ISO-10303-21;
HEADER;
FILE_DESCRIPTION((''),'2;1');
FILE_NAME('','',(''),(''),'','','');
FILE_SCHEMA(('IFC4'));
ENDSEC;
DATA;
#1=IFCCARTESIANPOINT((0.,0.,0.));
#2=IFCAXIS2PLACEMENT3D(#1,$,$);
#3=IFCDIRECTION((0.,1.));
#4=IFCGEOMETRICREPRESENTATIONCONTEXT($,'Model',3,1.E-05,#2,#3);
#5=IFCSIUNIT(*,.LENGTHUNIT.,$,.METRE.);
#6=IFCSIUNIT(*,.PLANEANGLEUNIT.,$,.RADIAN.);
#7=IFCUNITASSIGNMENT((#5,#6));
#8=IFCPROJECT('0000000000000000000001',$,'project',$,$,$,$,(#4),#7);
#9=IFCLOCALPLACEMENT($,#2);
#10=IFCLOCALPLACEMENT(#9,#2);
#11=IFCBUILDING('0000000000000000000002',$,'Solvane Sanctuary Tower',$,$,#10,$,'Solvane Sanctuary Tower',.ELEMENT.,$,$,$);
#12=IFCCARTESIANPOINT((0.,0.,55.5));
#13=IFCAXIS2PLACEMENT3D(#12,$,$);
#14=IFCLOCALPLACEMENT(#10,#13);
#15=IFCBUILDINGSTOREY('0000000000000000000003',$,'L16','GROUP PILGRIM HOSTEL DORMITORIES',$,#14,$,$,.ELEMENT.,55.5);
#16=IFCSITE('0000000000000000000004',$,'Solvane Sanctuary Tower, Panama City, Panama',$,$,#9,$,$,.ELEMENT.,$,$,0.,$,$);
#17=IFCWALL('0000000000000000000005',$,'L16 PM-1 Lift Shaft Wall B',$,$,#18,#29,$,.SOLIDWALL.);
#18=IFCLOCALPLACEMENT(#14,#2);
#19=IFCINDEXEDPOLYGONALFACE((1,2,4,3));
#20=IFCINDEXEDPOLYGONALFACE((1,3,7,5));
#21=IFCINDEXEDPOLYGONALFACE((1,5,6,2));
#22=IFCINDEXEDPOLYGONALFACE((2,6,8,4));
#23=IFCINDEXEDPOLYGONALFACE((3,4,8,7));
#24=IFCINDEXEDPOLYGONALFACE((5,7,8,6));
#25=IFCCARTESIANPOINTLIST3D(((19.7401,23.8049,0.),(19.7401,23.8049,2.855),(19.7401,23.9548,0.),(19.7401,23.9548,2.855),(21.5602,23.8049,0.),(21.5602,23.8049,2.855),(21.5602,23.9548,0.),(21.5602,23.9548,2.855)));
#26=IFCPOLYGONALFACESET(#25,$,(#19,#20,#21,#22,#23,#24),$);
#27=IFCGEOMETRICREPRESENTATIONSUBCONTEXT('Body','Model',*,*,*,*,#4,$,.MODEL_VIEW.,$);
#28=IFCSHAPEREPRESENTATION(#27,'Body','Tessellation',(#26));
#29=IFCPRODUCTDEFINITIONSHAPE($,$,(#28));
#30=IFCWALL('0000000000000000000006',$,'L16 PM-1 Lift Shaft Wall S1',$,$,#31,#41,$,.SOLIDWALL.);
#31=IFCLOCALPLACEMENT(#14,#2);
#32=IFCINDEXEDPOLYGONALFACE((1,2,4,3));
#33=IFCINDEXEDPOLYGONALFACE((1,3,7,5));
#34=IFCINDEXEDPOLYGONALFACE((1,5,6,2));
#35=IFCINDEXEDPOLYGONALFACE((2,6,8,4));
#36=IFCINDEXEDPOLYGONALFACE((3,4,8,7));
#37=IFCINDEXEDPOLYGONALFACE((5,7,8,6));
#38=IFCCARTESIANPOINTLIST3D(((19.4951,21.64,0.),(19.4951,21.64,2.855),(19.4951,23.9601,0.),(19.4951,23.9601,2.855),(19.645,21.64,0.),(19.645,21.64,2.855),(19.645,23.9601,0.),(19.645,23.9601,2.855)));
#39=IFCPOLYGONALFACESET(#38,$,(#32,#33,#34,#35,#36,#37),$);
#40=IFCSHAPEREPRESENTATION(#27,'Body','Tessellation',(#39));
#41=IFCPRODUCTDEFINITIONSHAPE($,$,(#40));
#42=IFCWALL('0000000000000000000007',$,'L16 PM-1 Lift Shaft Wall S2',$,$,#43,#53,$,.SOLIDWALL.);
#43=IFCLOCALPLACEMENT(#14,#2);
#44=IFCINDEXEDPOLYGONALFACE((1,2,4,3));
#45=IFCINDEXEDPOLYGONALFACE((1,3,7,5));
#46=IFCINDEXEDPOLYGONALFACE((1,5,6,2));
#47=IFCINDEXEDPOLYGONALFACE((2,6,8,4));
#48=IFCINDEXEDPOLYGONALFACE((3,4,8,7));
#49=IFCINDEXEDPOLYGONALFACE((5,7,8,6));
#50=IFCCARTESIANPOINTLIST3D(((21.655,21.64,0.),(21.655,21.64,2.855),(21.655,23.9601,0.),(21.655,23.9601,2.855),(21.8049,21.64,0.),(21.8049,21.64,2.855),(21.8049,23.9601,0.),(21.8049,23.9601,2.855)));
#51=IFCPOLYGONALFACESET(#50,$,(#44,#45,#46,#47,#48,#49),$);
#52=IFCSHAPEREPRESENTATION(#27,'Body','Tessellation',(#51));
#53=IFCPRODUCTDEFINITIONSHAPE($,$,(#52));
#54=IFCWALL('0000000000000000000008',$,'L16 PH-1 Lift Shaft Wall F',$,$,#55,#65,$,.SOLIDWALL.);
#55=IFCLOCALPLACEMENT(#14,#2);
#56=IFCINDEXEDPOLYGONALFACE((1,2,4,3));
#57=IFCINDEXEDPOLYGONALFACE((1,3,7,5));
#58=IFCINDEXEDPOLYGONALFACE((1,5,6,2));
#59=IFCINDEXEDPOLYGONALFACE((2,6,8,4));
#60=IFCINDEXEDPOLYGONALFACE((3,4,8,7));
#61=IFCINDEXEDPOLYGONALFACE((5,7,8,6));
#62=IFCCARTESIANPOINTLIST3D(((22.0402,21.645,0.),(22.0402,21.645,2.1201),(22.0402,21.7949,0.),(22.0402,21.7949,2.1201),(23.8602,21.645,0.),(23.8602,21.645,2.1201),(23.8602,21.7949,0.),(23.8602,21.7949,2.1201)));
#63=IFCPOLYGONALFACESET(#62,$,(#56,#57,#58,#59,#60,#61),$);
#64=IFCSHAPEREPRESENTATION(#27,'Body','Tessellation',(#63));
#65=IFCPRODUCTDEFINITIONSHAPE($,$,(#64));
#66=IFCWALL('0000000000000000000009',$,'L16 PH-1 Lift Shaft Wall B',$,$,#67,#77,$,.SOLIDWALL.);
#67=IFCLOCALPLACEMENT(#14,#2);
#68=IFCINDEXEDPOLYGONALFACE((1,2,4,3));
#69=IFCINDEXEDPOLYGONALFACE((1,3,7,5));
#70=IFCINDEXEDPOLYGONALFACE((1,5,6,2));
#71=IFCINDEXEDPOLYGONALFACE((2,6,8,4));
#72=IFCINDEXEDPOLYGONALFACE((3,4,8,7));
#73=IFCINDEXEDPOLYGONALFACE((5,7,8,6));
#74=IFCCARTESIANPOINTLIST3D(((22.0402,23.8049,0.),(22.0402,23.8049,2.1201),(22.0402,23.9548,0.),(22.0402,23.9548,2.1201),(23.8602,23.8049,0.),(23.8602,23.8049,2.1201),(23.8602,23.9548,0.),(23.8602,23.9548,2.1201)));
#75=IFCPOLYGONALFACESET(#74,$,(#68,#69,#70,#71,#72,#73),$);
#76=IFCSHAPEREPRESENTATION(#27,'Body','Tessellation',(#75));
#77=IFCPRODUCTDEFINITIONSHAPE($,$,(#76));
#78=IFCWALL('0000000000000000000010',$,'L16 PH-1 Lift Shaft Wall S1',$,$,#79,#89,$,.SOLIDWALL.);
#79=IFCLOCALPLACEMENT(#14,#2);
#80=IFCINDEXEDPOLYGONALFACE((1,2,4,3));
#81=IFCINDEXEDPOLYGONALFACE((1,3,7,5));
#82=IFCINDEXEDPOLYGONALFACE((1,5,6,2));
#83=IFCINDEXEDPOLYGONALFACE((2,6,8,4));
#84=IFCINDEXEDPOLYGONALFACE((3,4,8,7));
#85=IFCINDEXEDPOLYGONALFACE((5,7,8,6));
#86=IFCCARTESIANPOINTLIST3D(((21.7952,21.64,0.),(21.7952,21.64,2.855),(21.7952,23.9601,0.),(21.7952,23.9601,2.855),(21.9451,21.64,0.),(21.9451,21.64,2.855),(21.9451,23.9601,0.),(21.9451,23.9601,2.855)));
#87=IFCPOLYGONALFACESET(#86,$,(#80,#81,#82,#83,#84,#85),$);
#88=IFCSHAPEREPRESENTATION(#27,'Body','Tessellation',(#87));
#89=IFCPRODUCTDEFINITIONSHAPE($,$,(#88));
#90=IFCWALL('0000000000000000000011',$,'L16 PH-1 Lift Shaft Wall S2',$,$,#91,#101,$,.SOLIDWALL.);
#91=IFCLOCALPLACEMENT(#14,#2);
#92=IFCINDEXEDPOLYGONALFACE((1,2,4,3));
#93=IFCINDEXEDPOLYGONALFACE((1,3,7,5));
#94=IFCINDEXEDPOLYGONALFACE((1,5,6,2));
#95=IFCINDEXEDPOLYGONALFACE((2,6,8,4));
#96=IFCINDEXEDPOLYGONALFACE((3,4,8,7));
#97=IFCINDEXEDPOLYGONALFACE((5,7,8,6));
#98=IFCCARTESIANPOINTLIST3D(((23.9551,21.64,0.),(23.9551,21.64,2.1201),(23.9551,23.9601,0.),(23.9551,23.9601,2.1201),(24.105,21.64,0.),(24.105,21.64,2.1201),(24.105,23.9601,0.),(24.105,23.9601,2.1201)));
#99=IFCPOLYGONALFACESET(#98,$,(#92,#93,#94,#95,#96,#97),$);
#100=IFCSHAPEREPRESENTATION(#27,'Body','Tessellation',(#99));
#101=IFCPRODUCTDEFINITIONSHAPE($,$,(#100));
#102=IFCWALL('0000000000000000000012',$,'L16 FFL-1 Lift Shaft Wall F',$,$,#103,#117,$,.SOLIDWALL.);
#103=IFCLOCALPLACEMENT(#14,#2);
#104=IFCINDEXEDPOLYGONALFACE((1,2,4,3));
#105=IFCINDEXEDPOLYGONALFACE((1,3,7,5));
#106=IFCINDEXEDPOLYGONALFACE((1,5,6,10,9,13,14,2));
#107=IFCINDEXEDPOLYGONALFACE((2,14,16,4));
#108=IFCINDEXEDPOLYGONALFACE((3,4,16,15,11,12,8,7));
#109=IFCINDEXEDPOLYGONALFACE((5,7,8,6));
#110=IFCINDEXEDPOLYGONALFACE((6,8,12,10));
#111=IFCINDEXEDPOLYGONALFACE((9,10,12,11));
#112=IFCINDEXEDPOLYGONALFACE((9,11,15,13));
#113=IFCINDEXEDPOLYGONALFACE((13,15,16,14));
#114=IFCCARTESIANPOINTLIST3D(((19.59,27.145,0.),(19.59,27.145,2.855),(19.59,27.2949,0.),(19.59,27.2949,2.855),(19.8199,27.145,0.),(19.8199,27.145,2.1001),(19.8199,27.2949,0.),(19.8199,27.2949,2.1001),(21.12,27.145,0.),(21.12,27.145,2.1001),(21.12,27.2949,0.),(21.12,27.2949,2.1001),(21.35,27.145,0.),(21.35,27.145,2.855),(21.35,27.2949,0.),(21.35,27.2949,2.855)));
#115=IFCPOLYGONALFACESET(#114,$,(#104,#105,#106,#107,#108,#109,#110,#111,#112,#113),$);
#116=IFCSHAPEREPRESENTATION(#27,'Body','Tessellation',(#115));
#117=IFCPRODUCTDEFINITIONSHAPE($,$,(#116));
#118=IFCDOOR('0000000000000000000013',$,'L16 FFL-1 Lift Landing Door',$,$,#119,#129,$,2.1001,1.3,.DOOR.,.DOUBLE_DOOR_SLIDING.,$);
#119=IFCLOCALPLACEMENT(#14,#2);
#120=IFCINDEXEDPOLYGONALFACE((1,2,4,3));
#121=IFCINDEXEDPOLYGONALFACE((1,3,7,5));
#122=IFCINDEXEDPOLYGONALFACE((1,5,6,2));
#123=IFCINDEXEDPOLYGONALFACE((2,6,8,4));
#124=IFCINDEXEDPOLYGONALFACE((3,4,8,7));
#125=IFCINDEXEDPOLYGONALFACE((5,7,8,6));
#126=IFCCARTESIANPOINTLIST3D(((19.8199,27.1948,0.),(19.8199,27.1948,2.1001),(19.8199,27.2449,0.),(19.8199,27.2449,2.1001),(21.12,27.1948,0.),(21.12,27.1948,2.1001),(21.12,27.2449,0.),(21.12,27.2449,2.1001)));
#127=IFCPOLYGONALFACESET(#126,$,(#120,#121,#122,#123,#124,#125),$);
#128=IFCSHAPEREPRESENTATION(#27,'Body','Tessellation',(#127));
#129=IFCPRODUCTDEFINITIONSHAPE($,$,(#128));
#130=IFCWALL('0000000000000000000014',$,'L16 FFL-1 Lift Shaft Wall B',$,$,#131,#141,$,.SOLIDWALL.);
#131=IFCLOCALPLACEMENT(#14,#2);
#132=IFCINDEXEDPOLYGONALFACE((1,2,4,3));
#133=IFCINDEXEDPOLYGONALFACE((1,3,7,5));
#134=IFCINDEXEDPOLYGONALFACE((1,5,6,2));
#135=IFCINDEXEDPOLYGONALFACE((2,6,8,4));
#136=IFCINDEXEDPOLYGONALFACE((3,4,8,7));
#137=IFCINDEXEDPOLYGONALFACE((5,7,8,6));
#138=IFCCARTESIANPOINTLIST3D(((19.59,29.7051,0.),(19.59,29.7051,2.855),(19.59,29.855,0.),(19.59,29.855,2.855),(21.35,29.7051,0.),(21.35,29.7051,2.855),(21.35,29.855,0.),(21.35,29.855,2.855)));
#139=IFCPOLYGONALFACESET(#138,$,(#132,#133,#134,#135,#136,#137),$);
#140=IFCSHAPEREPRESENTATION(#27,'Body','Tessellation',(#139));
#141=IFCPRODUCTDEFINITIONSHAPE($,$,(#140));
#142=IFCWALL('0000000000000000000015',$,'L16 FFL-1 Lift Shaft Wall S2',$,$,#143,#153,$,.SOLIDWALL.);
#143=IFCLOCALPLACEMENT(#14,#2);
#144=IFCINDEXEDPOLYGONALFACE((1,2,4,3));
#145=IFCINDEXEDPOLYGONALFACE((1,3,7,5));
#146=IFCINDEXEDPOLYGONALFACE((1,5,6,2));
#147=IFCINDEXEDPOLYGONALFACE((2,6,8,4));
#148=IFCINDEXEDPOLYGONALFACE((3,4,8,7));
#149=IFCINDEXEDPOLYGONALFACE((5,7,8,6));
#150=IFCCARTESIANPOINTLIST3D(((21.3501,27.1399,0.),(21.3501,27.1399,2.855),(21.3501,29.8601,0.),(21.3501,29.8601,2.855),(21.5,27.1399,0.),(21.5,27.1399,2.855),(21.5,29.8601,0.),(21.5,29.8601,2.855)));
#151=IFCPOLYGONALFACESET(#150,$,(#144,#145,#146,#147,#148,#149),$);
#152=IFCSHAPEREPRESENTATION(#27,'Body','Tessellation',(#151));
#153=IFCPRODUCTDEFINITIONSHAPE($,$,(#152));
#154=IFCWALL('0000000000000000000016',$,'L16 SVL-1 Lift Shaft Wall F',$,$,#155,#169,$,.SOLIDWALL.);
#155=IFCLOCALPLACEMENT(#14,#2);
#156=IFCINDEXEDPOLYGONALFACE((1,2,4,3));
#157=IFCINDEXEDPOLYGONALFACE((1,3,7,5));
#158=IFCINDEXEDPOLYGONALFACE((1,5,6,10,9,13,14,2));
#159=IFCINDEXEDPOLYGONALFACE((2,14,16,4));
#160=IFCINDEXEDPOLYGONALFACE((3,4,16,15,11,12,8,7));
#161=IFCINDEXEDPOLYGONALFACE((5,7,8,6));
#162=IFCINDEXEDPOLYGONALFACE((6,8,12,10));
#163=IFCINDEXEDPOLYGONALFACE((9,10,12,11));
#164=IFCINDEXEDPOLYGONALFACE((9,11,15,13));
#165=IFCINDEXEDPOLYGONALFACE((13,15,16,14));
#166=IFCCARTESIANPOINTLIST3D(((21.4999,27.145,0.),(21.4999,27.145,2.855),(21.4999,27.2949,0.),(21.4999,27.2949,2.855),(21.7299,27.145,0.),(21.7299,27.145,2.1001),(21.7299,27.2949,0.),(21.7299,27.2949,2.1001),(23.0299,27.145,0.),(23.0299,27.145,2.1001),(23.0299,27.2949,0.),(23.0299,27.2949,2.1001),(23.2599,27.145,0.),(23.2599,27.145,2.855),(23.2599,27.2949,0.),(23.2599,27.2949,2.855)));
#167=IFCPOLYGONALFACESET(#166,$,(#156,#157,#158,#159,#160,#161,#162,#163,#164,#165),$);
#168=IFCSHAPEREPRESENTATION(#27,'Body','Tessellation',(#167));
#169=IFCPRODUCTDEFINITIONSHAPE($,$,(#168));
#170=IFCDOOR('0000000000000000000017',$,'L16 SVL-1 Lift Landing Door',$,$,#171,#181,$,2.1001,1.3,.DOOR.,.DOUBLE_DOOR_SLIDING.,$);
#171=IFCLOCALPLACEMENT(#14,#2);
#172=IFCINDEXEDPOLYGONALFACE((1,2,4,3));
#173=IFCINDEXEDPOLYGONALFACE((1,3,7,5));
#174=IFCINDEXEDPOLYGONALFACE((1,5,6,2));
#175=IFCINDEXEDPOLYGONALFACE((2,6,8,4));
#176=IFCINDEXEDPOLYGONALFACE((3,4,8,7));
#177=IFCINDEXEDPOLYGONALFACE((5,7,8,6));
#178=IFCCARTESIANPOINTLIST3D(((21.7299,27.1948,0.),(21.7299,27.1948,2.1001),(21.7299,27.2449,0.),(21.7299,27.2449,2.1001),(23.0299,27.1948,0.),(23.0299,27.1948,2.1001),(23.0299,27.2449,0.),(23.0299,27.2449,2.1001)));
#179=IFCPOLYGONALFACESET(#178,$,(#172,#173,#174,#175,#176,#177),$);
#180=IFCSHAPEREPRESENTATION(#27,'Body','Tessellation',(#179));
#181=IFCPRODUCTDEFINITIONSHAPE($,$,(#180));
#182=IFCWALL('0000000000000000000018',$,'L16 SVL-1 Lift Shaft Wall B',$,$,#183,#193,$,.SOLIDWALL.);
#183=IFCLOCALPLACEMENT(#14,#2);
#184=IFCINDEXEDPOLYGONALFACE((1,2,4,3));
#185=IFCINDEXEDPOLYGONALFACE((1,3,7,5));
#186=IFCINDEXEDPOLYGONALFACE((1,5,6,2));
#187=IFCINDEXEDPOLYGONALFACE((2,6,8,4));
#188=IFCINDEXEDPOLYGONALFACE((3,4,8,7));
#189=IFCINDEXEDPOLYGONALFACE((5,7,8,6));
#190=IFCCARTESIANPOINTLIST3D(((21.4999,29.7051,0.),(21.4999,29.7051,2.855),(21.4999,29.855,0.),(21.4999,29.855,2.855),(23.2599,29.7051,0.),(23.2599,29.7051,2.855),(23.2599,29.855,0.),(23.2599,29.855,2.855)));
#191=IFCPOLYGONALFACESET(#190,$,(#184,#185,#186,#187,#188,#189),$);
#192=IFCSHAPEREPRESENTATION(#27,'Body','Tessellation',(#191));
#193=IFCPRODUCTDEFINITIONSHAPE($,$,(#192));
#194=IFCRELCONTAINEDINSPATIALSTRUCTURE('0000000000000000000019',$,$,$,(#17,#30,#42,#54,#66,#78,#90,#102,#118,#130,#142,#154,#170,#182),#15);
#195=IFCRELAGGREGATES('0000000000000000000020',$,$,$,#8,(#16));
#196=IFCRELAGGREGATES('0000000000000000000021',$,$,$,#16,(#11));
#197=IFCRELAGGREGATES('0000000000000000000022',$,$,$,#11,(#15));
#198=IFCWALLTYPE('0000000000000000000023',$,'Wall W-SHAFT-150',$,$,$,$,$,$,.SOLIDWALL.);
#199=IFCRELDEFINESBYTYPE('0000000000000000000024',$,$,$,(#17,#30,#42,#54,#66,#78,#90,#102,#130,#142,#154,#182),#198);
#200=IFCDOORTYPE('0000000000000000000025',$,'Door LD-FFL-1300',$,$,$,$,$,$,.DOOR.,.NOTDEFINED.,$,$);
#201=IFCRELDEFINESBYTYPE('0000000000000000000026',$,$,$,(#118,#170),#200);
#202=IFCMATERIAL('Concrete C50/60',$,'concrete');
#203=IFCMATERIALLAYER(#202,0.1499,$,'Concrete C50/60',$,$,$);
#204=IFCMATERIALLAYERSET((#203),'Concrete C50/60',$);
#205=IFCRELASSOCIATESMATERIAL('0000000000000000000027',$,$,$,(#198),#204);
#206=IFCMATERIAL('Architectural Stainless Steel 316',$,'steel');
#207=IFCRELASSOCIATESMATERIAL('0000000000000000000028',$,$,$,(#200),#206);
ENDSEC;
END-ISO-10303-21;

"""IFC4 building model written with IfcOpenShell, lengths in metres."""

from ifc_helpers import new_model, si_unit, direction, frame, frame_2d, origin, place, context, subcontext, project, spatial, rectangle, extrude, material, layer, layer_set, type_object, element, fill, save


model = new_model("IFC4")

# Units and contexts
model_context = context("Model", 3, precision=1e-05, world=origin(), true_north=direction((0.0, 1.0)))
body_context = subcontext(model_context, "Body", "Model", "MODEL_VIEW")
ifc_project = project(units=[si_unit("LENGTHUNIT", "METRE"), si_unit("PLANEANGLEUNIT", "RADIAN")], contexts=[model_context])

# Site, building, storey
site_placement = place(None, origin())
site = spatial("IfcSite", under=ifc_project, at=site_placement, Name="Solvane Sanctuary Tower, Panama City, Panama", CompositionType="ELEMENT", RefElevation=0.0)
building_placement = place(site_placement, origin())
building = spatial("IfcBuilding", under=site, at=building_placement, Name="Solvane Sanctuary Tower", LongName="Solvane Sanctuary Tower", CompositionType="ELEMENT")
storey_placement = place(building_placement, frame((0.0, 0.0, 55.5)))
storey = spatial("IfcBuildingStorey", under=building, at=storey_placement, Name="L16", Description="GROUP PILGRIM HOSTEL DORMITORIES", CompositionType="ELEMENT", Elevation=55.5)

# Shared definitions
ifc_material_1 = material(Name="Architectural Stainless Steel 316", Category="steel")

# Walls
ifc_material_2 = material(Name="Concrete C50/60", Category="concrete")
ifc_layer_1 = layer(ifc_material_2, 0.1499, Name="Concrete C50/60")
ifc_layer_set_1 = layer_set([ifc_layer_1], Name="Concrete C50/60")
wall_type_1 = type_object("IfcWallType", Name="Wall W-SHAFT-150", PredefinedType="SOLIDWALL", material=ifc_layer_set_1)
for number, where, z_axis, x_axis, name in (
    (1, (19.74, 23.8799, 0.0), (0.0, 0.0, 1.0), (1.0, 0.0, 0.0), "L16 PM-1 Lift Shaft Wall B"),
):
    element("IfcWall", number, at=place(storey_placement, frame(where, z_axis=z_axis, x_axis=x_axis)), inside=storey, type_object=wall_type_1, Name=name, PredefinedType="SOLIDWALL", context=body_context, shape_type="SweptSolid", body=[
        extrude(rectangle(XDim=1.8201, YDim=0.1499, at=frame_2d((0.9102, 0.0))), origin(), (0.0, 0.0, 1.0), 2.855),
    ])
for number, where, z_axis, x_axis, name in (
    (2, (19.5701, 21.6399, 0.0), (0.0, 0.0, 1.0), (0.0, 1.0, 0.0), "L16 PM-1 Lift Shaft Wall S1"),
    (3, (21.73, 21.6399, 0.0), (0.0, 0.0, 1.0), (0.0, 1.0, 0.0), "L16 PM-1 Lift Shaft Wall S2"),
):
    element("IfcWall", number, at=place(storey_placement, frame(where, z_axis=z_axis, x_axis=x_axis)), inside=storey, type_object=wall_type_1, Name=name, PredefinedType="SOLIDWALL", context=body_context, shape_type="SweptSolid", body=[
        extrude(rectangle(XDim=2.3201, YDim=0.1499, at=frame_2d((1.1602, 0.0))), origin(), (0.0, 0.0, 1.0), 2.855),
    ])
for number, where, z_axis, x_axis, name in (
    (4, (22.04, 21.72, 0.0), (0.0, 0.0, 1.0), (1.0, 0.0, 0.0), "L16 PH-1 Lift Shaft Wall F"),
    (5, (22.04, 23.8799, 0.0), (0.0, 0.0, 1.0), (1.0, 0.0, 0.0), "L16 PH-1 Lift Shaft Wall B"),
):
    element("IfcWall", number, at=place(storey_placement, frame(where, z_axis=z_axis, x_axis=x_axis)), inside=storey, type_object=wall_type_1, Name=name, PredefinedType="SOLIDWALL", context=body_context, shape_type="SweptSolid", body=[
        extrude(rectangle(XDim=1.8201, YDim=0.1499, at=frame_2d((0.9102, 0.0))), origin(), (0.0, 0.0, 1.0), 2.1201),
    ])
wall_1_placement = place(storey_placement, frame((21.8701, 21.6399, 0.0), z_axis=(0.0, 0.0, 1.0), x_axis=(0.0, 1.0, 0.0)))
element("IfcWall", 6, at=wall_1_placement, inside=storey, type_object=wall_type_1, Name="L16 PH-1 Lift Shaft Wall S1", PredefinedType="SOLIDWALL", context=body_context, shape_type="SweptSolid", body=[
    extrude(rectangle(XDim=2.3201, YDim=0.1499, at=frame_2d((1.1602, 0.0))), origin(), (0.0, 0.0, 1.0), 2.855),
])
wall_2_placement = place(storey_placement, frame((24.03, 21.6399, 0.0), z_axis=(0.0, 0.0, 1.0), x_axis=(0.0, 1.0, 0.0)))
element("IfcWall", 7, at=wall_2_placement, inside=storey, type_object=wall_type_1, Name="L16 PH-1 Lift Shaft Wall S2", PredefinedType="SOLIDWALL", context=body_context, shape_type="SweptSolid", body=[
    extrude(rectangle(XDim=2.3201, YDim=0.1499, at=frame_2d((1.1602, 0.0))), origin(), (0.0, 0.0, 1.0), 2.1201),
])

# Wall, opening, door
wall_3_placement = place(storey_placement, frame((19.5901, 27.22, 0.0), z_axis=(0.0, 0.0, 1.0), x_axis=(1.0, 0.0, 0.0)))
wall_3 = element("IfcWall", 8, at=wall_3_placement, inside=storey, type_object=wall_type_1, Name="L16 FFL-1 Lift Shaft Wall F", PredefinedType="SOLIDWALL", context=body_context, shape_type="SweptSolid", body=[
    extrude(rectangle(XDim=1.76, YDim=0.1499, at=frame_2d((0.8799, 0.0))), origin(), (0.0, 0.0, 1.0), 2.855),
])
opening_1_placement = place(wall_3_placement, frame((0.23, 0.0, 0.0)))
opening_1 = element("IfcOpeningElement", 9, at=opening_1_placement, cuts=wall_3, PredefinedType="OPENING", context=body_context, shape_type="SweptSolid", body=[
    extrude(rectangle(XDim=1.3, YDim=2.1001, at=frame_2d((0.6499, 1.05))), frame((0.0, 0.085, 0.0), z_axis=(0.0, -1.0, 0.0), x_axis=(1.0, 0.0, 0.0)), (0.0, 0.0, 1.0), 0.1699),
])
door_type_1 = type_object("IfcDoorType", Name="Door LD-FFL-1300", OperationType="NOTDEFINED", PredefinedType="DOOR", material=ifc_material_1)
door_1_placement = place(opening_1_placement, origin())
door_1 = element("IfcDoor", 10, at=door_1_placement, inside=storey, type_object=door_type_1, Name="L16 FFL-1 Lift Landing Door", OperationType="DOUBLE_DOOR_SLIDING", OverallHeight=2.1001, OverallWidth=1.3, PredefinedType="DOOR", context=body_context, shape_type="SweptSolid", body=[
    extrude(rectangle(XDim=1.3, YDim=2.1001, at=frame_2d((0.6499, 1.05))), frame((0.0, 0.0249, 0.0), z_axis=(0.0, -1.0, 0.0), x_axis=(1.0, 0.0, 0.0)), (0.0, 0.0, 1.0), 0.05),
])
fill(opening_1, door_1)

# Walls
wall_4_placement = place(storey_placement, frame((19.5901, 29.78, 0.0), z_axis=(0.0, 0.0, 1.0), x_axis=(1.0, 0.0, 0.0)))
element("IfcWall", 11, at=wall_4_placement, inside=storey, type_object=wall_type_1, Name="L16 FFL-1 Lift Shaft Wall B", PredefinedType="SOLIDWALL", context=body_context, shape_type="SweptSolid", body=[
    extrude(rectangle(XDim=1.76, YDim=0.1499, at=frame_2d((0.8799, 0.0))), origin(), (0.0, 0.0, 1.0), 2.855),
])
wall_5_placement = place(storey_placement, frame((21.425, 27.1399, 0.0), z_axis=(0.0, 0.0, 1.0), x_axis=(0.0, 1.0, 0.0)))
element("IfcWall", 12, at=wall_5_placement, inside=storey, type_object=wall_type_1, Name="L16 FFL-1 Lift Shaft Wall S2", PredefinedType="SOLIDWALL", context=body_context, shape_type="SweptSolid", body=[
    extrude(rectangle(XDim=2.7202, YDim=0.1499, at=frame_2d((1.3601, 0.0))), origin(), (0.0, 0.0, 1.0), 2.855),
])

# Wall, opening, door
wall_6_placement = place(storey_placement, frame((21.5, 27.22, 0.0), z_axis=(0.0, 0.0, 1.0), x_axis=(1.0, 0.0, 0.0)))
wall_6 = element("IfcWall", 13, at=wall_6_placement, inside=storey, type_object=wall_type_1, Name="L16 SVL-1 Lift Shaft Wall F", PredefinedType="SOLIDWALL", context=body_context, shape_type="SweptSolid", body=[
    extrude(rectangle(XDim=1.76, YDim=0.1499, at=frame_2d((0.8799, 0.0))), origin(), (0.0, 0.0, 1.0), 2.855),
])
opening_2_placement = place(wall_6_placement, frame((0.23, 0.0, 0.0)))
opening_2 = element("IfcOpeningElement", 14, at=opening_2_placement, cuts=wall_6, PredefinedType="OPENING", context=body_context, shape_type="SweptSolid", body=[
    extrude(rectangle(XDim=1.3, YDim=2.1001, at=frame_2d((0.6499, 1.05))), frame((0.0, 0.085, 0.0), z_axis=(0.0, -1.0, 0.0), x_axis=(1.0, 0.0, 0.0)), (0.0, 0.0, 1.0), 0.1699),
])
door_2_placement = place(opening_2_placement, origin())
door_2 = element("IfcDoor", 15, at=door_2_placement, inside=storey, type_object=door_type_1, Name="L16 SVL-1 Lift Landing Door", OperationType="DOUBLE_DOOR_SLIDING", OverallHeight=2.1001, OverallWidth=1.3, PredefinedType="DOOR", context=body_context, shape_type="SweptSolid", body=[
    extrude(rectangle(XDim=1.3, YDim=2.1001, at=frame_2d((0.6499, 1.05))), frame((0.0, 0.0249, 0.0), z_axis=(0.0, -1.0, 0.0), x_axis=(1.0, 0.0, 0.0)), (0.0, 0.0, 1.0), 0.05),
])
fill(opening_2, door_2)

# Wall
wall_7_placement = place(storey_placement, frame((21.5, 29.78, 0.0), z_axis=(0.0, 0.0, 1.0), x_axis=(1.0, 0.0, 0.0)))
element("IfcWall", 16, at=wall_7_placement, inside=storey, type_object=wall_type_1, Name="L16 SVL-1 Lift Shaft Wall B", PredefinedType="SOLIDWALL", context=body_context, shape_type="SweptSolid", body=[
    extrude(rectangle(XDim=1.76, YDim=0.1499, at=frame_2d((0.8799, 0.0))), origin(), (0.0, 0.0, 1.0), 2.855),
])

save(model, "model.ifc")
